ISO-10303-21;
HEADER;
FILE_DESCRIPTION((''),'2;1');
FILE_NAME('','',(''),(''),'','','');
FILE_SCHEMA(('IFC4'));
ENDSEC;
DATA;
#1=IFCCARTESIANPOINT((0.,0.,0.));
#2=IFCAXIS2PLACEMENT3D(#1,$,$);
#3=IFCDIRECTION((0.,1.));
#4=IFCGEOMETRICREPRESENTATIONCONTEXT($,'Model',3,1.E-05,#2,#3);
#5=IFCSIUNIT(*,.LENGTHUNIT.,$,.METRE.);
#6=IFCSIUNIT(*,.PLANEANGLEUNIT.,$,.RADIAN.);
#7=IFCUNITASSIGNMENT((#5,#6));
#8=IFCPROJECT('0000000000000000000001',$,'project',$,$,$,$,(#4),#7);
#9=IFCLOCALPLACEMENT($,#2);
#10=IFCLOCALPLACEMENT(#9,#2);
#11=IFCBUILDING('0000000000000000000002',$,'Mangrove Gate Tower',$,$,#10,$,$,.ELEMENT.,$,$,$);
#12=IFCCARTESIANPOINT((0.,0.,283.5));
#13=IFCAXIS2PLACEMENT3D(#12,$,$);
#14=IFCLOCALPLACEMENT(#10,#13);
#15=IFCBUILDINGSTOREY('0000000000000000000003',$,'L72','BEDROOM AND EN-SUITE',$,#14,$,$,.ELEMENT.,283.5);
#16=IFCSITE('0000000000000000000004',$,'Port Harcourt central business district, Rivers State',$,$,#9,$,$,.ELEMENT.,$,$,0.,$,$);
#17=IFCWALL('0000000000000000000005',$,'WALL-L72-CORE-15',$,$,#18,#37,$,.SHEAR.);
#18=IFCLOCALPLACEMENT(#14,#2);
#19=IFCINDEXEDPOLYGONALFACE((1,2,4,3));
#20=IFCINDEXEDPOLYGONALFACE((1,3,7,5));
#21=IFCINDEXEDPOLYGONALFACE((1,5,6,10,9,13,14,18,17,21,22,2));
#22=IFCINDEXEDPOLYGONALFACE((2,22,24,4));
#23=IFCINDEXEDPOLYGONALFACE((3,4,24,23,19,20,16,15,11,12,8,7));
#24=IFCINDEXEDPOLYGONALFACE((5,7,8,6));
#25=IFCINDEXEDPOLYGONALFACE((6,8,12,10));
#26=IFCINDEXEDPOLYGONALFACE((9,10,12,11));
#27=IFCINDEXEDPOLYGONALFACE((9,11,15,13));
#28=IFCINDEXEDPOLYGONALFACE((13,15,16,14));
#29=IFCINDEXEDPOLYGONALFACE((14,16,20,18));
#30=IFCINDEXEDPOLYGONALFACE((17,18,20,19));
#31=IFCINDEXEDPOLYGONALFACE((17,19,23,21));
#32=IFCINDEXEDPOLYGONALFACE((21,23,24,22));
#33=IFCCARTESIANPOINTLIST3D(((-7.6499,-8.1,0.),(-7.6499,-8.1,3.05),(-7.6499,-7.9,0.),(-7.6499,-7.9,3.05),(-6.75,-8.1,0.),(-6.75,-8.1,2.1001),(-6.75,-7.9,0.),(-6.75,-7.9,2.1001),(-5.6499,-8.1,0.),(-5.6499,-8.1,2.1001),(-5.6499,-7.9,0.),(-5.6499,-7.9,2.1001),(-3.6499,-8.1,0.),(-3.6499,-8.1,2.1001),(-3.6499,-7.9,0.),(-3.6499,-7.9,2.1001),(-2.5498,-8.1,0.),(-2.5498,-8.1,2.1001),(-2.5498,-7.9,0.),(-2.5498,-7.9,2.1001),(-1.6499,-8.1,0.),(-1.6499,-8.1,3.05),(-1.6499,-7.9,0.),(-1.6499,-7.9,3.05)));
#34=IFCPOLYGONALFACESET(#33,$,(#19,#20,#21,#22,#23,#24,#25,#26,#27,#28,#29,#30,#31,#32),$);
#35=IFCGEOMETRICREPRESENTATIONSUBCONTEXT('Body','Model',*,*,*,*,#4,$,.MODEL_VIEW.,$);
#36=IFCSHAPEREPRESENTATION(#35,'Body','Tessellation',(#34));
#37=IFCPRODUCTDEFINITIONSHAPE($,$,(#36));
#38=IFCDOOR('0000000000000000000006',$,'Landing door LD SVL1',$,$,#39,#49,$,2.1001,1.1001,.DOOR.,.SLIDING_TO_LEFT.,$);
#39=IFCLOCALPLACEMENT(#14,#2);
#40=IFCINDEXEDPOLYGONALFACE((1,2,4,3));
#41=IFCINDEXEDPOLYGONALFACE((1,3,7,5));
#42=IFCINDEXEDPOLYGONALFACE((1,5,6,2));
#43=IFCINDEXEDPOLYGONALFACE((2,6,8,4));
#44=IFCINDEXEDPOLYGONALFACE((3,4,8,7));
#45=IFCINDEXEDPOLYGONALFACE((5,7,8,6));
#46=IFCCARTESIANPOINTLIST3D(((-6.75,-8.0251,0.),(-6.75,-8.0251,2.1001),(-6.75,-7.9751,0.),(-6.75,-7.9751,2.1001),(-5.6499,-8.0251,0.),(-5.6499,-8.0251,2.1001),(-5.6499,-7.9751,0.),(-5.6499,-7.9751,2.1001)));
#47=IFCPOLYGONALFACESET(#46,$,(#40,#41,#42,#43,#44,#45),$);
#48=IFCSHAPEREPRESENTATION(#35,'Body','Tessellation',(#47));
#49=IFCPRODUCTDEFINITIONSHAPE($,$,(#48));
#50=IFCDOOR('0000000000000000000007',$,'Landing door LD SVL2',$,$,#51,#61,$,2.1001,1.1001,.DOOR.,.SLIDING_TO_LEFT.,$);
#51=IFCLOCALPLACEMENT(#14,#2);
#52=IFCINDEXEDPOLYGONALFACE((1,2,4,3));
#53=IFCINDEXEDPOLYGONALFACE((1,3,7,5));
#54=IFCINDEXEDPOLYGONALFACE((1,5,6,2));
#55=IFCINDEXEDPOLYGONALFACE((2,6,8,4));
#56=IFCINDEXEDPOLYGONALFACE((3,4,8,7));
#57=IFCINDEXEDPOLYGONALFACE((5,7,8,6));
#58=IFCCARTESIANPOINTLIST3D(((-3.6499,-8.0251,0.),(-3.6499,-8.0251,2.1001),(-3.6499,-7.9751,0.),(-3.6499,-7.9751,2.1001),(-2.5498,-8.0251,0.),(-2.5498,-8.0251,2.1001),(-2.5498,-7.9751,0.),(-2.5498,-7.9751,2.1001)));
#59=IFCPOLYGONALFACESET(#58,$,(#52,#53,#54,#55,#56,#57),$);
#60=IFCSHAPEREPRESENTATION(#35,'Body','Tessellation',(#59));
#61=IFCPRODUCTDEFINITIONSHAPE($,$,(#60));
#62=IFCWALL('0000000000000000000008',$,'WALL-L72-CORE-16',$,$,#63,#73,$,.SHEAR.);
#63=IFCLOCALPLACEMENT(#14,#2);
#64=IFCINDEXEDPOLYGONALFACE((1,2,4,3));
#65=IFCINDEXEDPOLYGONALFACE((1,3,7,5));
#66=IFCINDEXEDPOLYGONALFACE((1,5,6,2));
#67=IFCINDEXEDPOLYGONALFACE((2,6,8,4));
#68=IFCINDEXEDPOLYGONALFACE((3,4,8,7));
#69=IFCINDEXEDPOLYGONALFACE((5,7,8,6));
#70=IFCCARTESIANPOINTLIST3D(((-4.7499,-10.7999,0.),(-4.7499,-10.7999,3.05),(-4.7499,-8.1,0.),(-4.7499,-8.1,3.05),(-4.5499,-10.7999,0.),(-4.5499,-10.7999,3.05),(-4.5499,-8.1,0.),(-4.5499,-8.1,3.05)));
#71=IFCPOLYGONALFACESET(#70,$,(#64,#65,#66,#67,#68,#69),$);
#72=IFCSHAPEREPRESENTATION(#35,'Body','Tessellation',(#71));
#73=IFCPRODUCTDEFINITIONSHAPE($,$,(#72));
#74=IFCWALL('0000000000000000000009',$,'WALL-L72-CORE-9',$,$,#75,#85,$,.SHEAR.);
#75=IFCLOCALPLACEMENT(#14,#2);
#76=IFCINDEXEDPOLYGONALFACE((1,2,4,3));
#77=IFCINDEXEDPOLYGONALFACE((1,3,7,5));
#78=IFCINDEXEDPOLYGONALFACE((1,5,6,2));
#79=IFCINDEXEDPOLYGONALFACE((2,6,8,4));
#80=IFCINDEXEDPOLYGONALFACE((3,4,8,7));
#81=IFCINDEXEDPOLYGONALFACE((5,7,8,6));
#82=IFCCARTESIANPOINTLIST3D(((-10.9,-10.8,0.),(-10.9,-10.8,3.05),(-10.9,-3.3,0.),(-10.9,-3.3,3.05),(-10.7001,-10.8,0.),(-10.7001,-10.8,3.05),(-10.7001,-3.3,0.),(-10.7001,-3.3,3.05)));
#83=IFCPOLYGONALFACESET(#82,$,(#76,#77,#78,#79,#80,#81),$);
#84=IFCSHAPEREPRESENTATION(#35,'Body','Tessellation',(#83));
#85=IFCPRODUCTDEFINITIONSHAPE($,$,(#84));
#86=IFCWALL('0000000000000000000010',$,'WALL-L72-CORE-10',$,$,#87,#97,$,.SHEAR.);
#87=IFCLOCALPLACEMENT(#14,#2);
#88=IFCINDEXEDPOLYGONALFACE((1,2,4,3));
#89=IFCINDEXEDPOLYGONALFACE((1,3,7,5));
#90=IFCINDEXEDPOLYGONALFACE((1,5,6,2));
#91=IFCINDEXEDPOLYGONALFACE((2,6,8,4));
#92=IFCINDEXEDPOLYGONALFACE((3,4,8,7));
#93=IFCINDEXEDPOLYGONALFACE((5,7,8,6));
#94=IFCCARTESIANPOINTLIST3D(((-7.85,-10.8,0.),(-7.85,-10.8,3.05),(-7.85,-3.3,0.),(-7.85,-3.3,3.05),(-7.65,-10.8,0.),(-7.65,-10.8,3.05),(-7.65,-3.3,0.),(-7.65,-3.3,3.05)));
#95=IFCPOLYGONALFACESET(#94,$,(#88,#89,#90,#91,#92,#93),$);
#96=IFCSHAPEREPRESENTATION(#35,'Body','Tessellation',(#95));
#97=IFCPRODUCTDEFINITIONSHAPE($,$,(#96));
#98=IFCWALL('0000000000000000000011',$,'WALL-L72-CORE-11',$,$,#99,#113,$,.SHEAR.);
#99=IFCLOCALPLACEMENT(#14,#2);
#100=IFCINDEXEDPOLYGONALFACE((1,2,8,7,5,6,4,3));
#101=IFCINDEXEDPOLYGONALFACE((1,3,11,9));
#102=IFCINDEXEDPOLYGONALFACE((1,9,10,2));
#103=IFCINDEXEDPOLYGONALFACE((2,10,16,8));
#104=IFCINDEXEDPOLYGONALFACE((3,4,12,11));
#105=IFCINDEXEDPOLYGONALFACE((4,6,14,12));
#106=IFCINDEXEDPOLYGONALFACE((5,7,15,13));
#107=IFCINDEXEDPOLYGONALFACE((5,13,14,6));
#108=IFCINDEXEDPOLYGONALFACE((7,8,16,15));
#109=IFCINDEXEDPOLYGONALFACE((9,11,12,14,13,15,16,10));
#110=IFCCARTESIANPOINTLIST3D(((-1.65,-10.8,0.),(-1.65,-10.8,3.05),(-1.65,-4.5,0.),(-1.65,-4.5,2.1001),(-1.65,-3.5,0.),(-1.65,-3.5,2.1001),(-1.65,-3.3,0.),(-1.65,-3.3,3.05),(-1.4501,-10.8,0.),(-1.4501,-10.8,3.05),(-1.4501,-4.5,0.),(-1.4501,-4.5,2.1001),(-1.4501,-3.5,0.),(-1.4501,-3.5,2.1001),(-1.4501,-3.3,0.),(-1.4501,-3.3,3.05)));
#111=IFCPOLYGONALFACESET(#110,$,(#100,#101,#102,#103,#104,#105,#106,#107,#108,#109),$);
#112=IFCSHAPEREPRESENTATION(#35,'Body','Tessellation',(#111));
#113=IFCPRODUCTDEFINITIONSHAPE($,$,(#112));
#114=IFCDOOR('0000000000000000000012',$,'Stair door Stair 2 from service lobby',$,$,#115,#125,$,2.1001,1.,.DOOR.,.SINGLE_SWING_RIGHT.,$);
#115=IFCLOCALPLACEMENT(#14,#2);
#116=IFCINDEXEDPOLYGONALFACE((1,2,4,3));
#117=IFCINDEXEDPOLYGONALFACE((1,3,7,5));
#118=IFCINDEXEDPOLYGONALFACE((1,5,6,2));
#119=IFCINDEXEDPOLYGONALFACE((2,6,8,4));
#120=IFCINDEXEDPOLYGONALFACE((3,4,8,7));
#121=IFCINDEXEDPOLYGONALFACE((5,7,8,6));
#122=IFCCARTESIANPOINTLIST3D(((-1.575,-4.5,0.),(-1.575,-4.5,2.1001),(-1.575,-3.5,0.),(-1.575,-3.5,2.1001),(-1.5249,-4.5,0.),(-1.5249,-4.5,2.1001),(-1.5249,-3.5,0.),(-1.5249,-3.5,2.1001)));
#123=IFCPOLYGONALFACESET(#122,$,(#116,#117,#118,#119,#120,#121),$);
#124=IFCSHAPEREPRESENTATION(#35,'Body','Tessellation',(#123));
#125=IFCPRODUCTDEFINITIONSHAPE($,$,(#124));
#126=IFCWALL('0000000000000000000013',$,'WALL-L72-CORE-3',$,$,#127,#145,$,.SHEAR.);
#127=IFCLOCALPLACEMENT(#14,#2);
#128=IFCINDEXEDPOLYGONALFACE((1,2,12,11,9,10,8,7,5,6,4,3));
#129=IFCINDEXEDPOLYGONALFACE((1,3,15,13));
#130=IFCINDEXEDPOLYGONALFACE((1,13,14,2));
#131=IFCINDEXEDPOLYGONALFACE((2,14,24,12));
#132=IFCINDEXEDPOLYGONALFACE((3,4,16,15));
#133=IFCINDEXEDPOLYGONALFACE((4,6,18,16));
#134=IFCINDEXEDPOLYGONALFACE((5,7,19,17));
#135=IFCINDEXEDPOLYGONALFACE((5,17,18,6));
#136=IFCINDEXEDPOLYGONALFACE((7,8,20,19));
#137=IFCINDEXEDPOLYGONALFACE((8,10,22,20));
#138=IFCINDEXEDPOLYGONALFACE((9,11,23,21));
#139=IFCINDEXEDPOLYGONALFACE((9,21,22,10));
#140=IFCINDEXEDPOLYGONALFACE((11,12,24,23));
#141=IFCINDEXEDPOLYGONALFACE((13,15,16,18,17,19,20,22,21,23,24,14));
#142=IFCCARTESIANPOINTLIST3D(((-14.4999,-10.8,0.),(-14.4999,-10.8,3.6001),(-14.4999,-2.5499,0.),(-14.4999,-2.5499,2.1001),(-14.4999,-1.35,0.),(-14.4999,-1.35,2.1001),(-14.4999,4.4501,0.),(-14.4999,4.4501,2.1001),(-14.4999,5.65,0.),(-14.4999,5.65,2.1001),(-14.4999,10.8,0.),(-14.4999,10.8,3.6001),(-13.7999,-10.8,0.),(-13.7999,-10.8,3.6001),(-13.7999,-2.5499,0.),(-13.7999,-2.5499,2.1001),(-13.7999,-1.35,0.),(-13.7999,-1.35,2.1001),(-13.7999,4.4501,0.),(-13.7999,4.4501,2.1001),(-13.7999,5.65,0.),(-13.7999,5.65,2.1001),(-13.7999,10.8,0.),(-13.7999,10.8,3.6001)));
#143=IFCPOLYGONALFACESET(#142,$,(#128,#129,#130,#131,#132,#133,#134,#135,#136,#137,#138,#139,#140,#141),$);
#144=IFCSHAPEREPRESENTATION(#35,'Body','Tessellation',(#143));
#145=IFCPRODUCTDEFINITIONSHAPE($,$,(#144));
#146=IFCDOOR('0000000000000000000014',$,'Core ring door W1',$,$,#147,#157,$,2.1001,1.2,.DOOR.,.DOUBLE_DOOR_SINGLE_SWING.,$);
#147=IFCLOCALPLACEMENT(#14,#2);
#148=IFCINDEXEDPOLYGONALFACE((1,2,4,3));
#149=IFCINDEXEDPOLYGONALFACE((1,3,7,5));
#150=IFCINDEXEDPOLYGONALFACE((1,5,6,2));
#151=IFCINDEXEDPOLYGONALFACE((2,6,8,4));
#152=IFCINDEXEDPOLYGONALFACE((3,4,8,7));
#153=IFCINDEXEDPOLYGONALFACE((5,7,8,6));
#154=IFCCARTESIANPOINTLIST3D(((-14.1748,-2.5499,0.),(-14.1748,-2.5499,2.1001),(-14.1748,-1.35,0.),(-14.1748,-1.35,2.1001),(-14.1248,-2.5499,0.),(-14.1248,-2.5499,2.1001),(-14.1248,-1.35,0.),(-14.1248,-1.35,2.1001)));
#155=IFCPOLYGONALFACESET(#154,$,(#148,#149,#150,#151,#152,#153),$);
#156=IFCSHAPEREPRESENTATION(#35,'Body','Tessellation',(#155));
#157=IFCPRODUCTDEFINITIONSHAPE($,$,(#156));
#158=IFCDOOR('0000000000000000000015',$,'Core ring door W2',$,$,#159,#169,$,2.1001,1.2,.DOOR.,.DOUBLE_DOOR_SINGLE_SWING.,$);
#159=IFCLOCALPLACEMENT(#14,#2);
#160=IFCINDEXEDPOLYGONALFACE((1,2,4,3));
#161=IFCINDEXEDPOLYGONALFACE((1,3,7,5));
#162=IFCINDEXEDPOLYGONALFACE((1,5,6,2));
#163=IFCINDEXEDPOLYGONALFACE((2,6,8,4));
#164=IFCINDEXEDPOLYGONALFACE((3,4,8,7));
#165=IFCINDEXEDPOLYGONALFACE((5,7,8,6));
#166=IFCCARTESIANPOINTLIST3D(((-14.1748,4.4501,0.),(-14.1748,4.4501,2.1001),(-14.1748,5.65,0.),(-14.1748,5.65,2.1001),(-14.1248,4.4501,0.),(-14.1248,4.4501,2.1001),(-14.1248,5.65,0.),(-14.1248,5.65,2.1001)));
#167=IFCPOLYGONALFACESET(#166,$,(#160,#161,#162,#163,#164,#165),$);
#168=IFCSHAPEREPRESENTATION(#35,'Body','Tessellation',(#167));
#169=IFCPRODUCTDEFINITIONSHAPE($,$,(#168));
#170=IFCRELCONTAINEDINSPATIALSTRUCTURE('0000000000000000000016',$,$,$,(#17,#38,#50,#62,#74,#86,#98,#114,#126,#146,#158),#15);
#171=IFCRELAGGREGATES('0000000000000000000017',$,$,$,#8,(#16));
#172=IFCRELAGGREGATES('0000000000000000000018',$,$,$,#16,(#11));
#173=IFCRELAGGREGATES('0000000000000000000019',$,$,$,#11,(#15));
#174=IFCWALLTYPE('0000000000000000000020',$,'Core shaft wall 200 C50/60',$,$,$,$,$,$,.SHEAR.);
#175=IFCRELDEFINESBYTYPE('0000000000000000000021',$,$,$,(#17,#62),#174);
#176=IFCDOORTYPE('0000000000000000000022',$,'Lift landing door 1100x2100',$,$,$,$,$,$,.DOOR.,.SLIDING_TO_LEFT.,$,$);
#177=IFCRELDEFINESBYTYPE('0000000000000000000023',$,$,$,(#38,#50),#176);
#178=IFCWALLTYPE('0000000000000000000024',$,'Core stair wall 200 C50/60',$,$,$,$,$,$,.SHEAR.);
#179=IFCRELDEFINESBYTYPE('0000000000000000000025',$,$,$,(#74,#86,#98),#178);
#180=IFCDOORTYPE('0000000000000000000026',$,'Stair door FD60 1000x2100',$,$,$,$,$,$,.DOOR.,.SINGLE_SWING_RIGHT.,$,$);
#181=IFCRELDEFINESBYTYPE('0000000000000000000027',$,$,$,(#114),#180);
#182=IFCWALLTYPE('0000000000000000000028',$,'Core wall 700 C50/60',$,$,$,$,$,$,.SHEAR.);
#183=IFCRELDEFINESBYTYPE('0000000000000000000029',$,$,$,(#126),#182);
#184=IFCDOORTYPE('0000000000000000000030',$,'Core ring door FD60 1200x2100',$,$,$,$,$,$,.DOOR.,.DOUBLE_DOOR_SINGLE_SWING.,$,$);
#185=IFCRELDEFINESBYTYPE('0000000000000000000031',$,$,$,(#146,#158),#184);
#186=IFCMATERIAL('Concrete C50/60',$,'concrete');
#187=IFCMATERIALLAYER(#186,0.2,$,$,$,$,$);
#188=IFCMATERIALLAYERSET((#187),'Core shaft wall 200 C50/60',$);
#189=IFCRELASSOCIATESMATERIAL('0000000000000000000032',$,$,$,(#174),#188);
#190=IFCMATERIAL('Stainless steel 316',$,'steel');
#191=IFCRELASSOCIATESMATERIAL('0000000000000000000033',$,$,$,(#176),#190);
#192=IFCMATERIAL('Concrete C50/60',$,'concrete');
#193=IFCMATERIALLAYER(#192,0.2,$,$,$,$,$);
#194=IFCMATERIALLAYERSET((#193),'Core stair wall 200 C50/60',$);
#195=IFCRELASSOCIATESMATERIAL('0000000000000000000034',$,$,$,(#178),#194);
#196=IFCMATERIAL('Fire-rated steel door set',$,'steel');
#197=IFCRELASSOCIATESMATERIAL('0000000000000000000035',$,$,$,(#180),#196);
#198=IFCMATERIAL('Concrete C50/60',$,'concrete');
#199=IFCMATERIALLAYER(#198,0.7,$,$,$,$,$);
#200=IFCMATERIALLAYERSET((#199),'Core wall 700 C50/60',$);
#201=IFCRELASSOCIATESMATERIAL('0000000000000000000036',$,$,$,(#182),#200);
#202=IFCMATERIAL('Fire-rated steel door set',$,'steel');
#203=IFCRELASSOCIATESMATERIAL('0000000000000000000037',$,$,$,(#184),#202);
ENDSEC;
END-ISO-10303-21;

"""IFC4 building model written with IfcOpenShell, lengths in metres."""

from ifc_helpers import new_model, si_unit, direction, frame, frame_2d, origin, place, context, subcontext, project, spatial, rectangle, extrude, material, layer, layer_set, type_object, element, fill, save


model = new_model("IFC4")

# Units and contexts
model_context = context("Model", 3, precision=1e-05, world=origin(), true_north=direction((0.0, 1.0)))
body_context = subcontext(model_context, "Body", "Model", "MODEL_VIEW")
ifc_project = project(units=[si_unit("LENGTHUNIT", "METRE"), si_unit("PLANEANGLEUNIT", "RADIAN")], contexts=[model_context])

# Site, building, storey
site_placement = place(None, origin())
site = spatial("IfcSite", under=ifc_project, at=site_placement, Name="Port Harcourt central business district, Rivers State", CompositionType="ELEMENT", RefElevation=0.0)
building_placement = place(site_placement, origin())
building = spatial("IfcBuilding", under=site, at=building_placement, Name="Mangrove Gate Tower", CompositionType="ELEMENT")
storey_placement = place(building_placement, frame((0.0, 0.0, 283.5)))
storey = spatial("IfcBuildingStorey", under=building, at=storey_placement, Name="L72", Description="BEDROOM AND EN-SUITE", CompositionType="ELEMENT", Elevation=283.5)

# Wall, openings, doors
ifc_material_1 = material(Name="Concrete C50/60", Category="concrete")
ifc_layer_1 = layer(ifc_material_1, 0.2)
ifc_layer_set_1 = layer_set([ifc_layer_1], Name="Core shaft wall 200 C50/60")
wall_type_1 = type_object("IfcWallType", Name="Core shaft wall 200 C50/60", PredefinedType="SHEAR", material=ifc_layer_set_1)
wall_1_placement = place(storey_placement, frame((-7.6499, -8.0, 0.0), z_axis=(0.0, 0.0, 1.0), x_axis=(1.0, 0.0, 0.0)))
wall_1 = element("IfcWall", 1, at=wall_1_placement, inside=storey, type_object=wall_type_1, Name="WALL-L72-CORE-15", PredefinedType="SHEAR", context=body_context, shape_type="SweptSolid", body=[
    extrude(rectangle(XDim=6.0, YDim=0.2, at=frame_2d((3.0, 0.0))), origin(), (0.0, 0.0, 1.0), 3.05),
])
opening_1_placement = place(wall_1_placement, frame((0.8999, 0.0, 0.0)))
opening_1 = element("IfcOpeningElement", 2, at=opening_1_placement, cuts=wall_1, PredefinedType="OPENING", context=body_context, shape_type="SweptSolid", body=[
    extrude(rectangle(XDim=1.1001, YDim=2.1001, at=frame_2d((0.55, 1.05))), frame((0.0, 0.1099, 0.0), z_axis=(0.0, -1.0, 0.0), x_axis=(1.0, 0.0, 0.0)), (0.0, 0.0, 1.0), 0.22),
])
opening_2_placement = place(wall_1_placement, frame((4.0, 0.0, 0.0)))
opening_2 = element("IfcOpeningElement", 3, at=opening_2_placement, cuts=wall_1, PredefinedType="OPENING", context=body_context, shape_type="SweptSolid", body=[
    extrude(rectangle(XDim=1.1001, YDim=2.1001, at=frame_2d((0.55, 1.05))), frame((0.0, 0.1099, 0.0), z_axis=(0.0, -1.0, 0.0), x_axis=(1.0, 0.0, 0.0)), (0.0, 0.0, 1.0), 0.22),
])
ifc_material_2 = material(Name="Stainless steel 316", Category="steel")
door_type_1 = type_object("IfcDoorType", Name="Lift landing door 1100x2100", OperationType="SLIDING_TO_LEFT", PredefinedType="DOOR", material=ifc_material_2)
door_1_placement = place(opening_1_placement, origin())
door_1 = element("IfcDoor", 4, at=door_1_placement, inside=storey, type_object=door_type_1, Name="Landing door LD SVL1", OperationType="SLIDING_TO_LEFT", OverallHeight=2.1001, OverallWidth=1.1001, PredefinedType="DOOR", context=body_context, shape_type="SweptSolid", body=[
    extrude(rectangle(XDim=1.1001, YDim=2.1001, at=frame_2d((0.55, 1.05))), frame((0.0, 0.0249, 0.0), z_axis=(0.0, -1.0, 0.0), x_axis=(1.0, 0.0, 0.0)), (0.0, 0.0, 1.0), 0.05),
])
fill(opening_1, door_1)
door_2_placement = place(opening_2_placement, origin())
door_2 = element("IfcDoor", 5, at=door_2_placement, inside=storey, type_object=door_type_1, Name="Landing door LD SVL2", OperationType="SLIDING_TO_LEFT", OverallHeight=2.1001, OverallWidth=1.1001, PredefinedType="DOOR", context=body_context, shape_type="SweptSolid", body=[
    extrude(rectangle(XDim=1.1001, YDim=2.1001, at=frame_2d((0.55, 1.05))), frame((0.0, 0.0249, 0.0), z_axis=(0.0, -1.0, 0.0), x_axis=(1.0, 0.0, 0.0)), (0.0, 0.0, 1.0), 0.05),
])
fill(opening_2, door_2)

# Walls
wall_2_placement = place(storey_placement, frame((-4.6499, -10.8, 0.0), z_axis=(0.0, 0.0, 1.0), x_axis=(0.0, 1.0, 0.0)))
element("IfcWall", 6, at=wall_2_placement, inside=storey, type_object=wall_type_1, Name="WALL-L72-CORE-16", PredefinedType="SHEAR", context=body_context, shape_type="SweptSolid", body=[
    extrude(rectangle(XDim=2.7, YDim=0.2, at=frame_2d((1.3501, 0.0))), origin(), (0.0, 0.0, 1.0), 3.05),
])
ifc_material_3 = material(Name="Concrete C50/60", Category="concrete")
ifc_layer_2 = layer(ifc_material_3, 0.2)
ifc_layer_set_2 = layer_set([ifc_layer_2], Name="Core stair wall 200 C50/60")
wall_type_2 = type_object("IfcWallType", Name="Core stair wall 200 C50/60", PredefinedType="SHEAR", material=ifc_layer_set_2)
for number, where, z_axis, x_axis, name in (
    (7, (-10.8, -10.8, 0.0), (0.0, 0.0, 1.0), (0.0, 1.0, 0.0), "WALL-L72-CORE-9"),
    (8, (-7.75, -10.8, 0.0), (0.0, 0.0, 1.0), (0.0, 1.0, 0.0), "WALL-L72-CORE-10"),
):
    element("IfcWall", number, at=place(storey_placement, frame(where, z_axis=z_axis, x_axis=x_axis)), inside=storey, type_object=wall_type_2, Name=name, PredefinedType="SHEAR", context=body_context, shape_type="SweptSolid", body=[
        extrude(rectangle(XDim=7.5, YDim=0.2, at=frame_2d((3.75, 0.0))), origin(), (0.0, 0.0, 1.0), 3.05),
    ])

# Wall, opening, door
wall_3_placement = place(storey_placement, frame((-1.55, -10.8, 0.0), z_axis=(0.0, 0.0, 1.0), x_axis=(0.0, 1.0, 0.0)))
wall_3 = element("IfcWall", 9, at=wall_3_placement, inside=storey, type_object=wall_type_2, Name="WALL-L72-CORE-11", PredefinedType="SHEAR", context=body_context, shape_type="SweptSolid", body=[
    extrude(rectangle(XDim=7.5, YDim=0.2, at=frame_2d((3.75, 0.0))), origin(), (0.0, 0.0, 1.0), 3.05),
])
opening_3_placement = place(wall_3_placement, frame((6.3, 0.0, 0.0)))
opening_3 = element("IfcOpeningElement", 10, at=opening_3_placement, cuts=wall_3, PredefinedType="OPENING", context=body_context, shape_type="SweptSolid", body=[
    extrude(rectangle(XDim=1.0, YDim=2.1001, at=frame_2d((0.5, 1.05))), frame((0.0, 0.1099, 0.0), z_axis=(0.0, -1.0, 0.0), x_axis=(1.0, 0.0, 0.0)), (0.0, 0.0, 1.0), 0.22),
])
ifc_material_4 = material(Name="Fire-rated steel door set", Category="steel")
door_type_2 = type_object("IfcDoorType", Name="Stair door FD60 1000x2100", OperationType="SINGLE_SWING_RIGHT", PredefinedType="DOOR", material=ifc_material_4)
door_3_placement = place(opening_3_placement, origin())
door_3 = element("IfcDoor", 11, at=door_3_placement, inside=storey, type_object=door_type_2, Name="Stair door Stair 2 from service lobby", OperationType="SINGLE_SWING_RIGHT", OverallHeight=2.1001, OverallWidth=1.0, PredefinedType="DOOR", context=body_context, shape_type="SweptSolid", body=[
    extrude(rectangle(XDim=1.0, YDim=2.1001, at=frame_2d((0.5, 1.05))), frame((0.0, 0.0249, 0.0), z_axis=(0.0, -1.0, 0.0), x_axis=(1.0, 0.0, 0.0)), (0.0, 0.0, 1.0), 0.05),
])
fill(opening_3, door_3)

# Wall, openings, doors
ifc_material_5 = material(Name="Concrete C50/60", Category="concrete")
ifc_layer_3 = layer(ifc_material_5, 0.7)
ifc_layer_set_3 = layer_set([ifc_layer_3], Name="Core wall 700 C50/60")
wall_type_3 = type_object("IfcWallType", Name="Core wall 700 C50/60", PredefinedType="SHEAR", material=ifc_layer_set_3)
wall_4_placement = place(storey_placement, frame((-14.1499, -10.8, 0.0), z_axis=(0.0, 0.0, 1.0), x_axis=(0.0, 1.0, 0.0)))
wall_4 = element("IfcWall", 12, at=wall_4_placement, inside=storey, type_object=wall_type_3, Name="WALL-L72-CORE-3", PredefinedType="SHEAR", context=body_context, shape_type="SweptSolid", body=[
    extrude(rectangle(XDim=21.6001, YDim=0.7, at=frame_2d((10.8, 0.0))), origin(), (0.0, 0.0, 1.0), 3.6001),
])
opening_4_placement = place(wall_4_placement, frame((8.25, 0.0, 0.0)))
opening_4 = element("IfcOpeningElement", 13, at=opening_4_placement, cuts=wall_4, PredefinedType="OPENING", context=body_context, shape_type="SweptSolid", body=[
    extrude(rectangle(XDim=1.2, YDim=2.1001, at=frame_2d((0.6001, 1.05))), frame((0.0, 0.3599, 0.0), z_axis=(0.0, -1.0, 0.0), x_axis=(1.0, 0.0, 0.0)), (0.0, 0.0, 1.0), 0.72),
])
opening_5_placement = place(wall_4_placement, frame((15.25, 0.0, 0.0)))
opening_5 = element("IfcOpeningElement", 14, at=opening_5_placement, cuts=wall_4, PredefinedType="OPENING", context=body_context, shape_type="SweptSolid", body=[
    extrude(rectangle(XDim=1.2, YDim=2.1001, at=frame_2d((0.6001, 1.05))), frame((0.0, 0.3599, 0.0), z_axis=(0.0, -1.0, 0.0), x_axis=(1.0, 0.0, 0.0)), (0.0, 0.0, 1.0), 0.72),
])
ifc_material_6 = material(Name="Fire-rated steel door set", Category="steel")
door_type_3 = type_object("IfcDoorType", Name="Core ring door FD60 1200x2100", OperationType="DOUBLE_DOOR_SINGLE_SWING", PredefinedType="DOOR", material=ifc_material_6)
door_4_placement = place(opening_4_placement, origin())
door_4 = element("IfcDoor", 15, at=door_4_placement, inside=storey, type_object=door_type_3, Name="Core ring door W1", OperationType="DOUBLE_DOOR_SINGLE_SWING", OverallHeight=2.1001, OverallWidth=1.2, PredefinedType="DOOR", context=body_context, shape_type="SweptSolid", body=[
    extrude(rectangle(XDim=1.2, YDim=2.1001, at=frame_2d((0.6001, 1.05))), frame((0.0, 0.0249, 0.0), z_axis=(0.0, -1.0, 0.0), x_axis=(1.0, 0.0, 0.0)), (0.0, 0.0, 1.0), 0.05),
])
fill(opening_4, door_4)
door_5_placement = place(opening_5_placement, origin())
door_5 = element("IfcDoor", 16, at=door_5_placement, inside=storey, type_object=door_type_3, Name="Core ring door W2", OperationType="DOUBLE_DOOR_SINGLE_SWING", OverallHeight=2.1001, OverallWidth=1.2, PredefinedType="DOOR", context=body_context, shape_type="SweptSolid", body=[
    extrude(rectangle(XDim=1.2, YDim=2.1001, at=frame_2d((0.6001, 1.05))), frame((0.0, 0.0249, 0.0), z_axis=(0.0, -1.0, 0.0), x_axis=(1.0, 0.0, 0.0)), (0.0, 0.0, 1.0), 0.05),
])
fill(opening_5, door_5)

save(model, "model.ifc")
